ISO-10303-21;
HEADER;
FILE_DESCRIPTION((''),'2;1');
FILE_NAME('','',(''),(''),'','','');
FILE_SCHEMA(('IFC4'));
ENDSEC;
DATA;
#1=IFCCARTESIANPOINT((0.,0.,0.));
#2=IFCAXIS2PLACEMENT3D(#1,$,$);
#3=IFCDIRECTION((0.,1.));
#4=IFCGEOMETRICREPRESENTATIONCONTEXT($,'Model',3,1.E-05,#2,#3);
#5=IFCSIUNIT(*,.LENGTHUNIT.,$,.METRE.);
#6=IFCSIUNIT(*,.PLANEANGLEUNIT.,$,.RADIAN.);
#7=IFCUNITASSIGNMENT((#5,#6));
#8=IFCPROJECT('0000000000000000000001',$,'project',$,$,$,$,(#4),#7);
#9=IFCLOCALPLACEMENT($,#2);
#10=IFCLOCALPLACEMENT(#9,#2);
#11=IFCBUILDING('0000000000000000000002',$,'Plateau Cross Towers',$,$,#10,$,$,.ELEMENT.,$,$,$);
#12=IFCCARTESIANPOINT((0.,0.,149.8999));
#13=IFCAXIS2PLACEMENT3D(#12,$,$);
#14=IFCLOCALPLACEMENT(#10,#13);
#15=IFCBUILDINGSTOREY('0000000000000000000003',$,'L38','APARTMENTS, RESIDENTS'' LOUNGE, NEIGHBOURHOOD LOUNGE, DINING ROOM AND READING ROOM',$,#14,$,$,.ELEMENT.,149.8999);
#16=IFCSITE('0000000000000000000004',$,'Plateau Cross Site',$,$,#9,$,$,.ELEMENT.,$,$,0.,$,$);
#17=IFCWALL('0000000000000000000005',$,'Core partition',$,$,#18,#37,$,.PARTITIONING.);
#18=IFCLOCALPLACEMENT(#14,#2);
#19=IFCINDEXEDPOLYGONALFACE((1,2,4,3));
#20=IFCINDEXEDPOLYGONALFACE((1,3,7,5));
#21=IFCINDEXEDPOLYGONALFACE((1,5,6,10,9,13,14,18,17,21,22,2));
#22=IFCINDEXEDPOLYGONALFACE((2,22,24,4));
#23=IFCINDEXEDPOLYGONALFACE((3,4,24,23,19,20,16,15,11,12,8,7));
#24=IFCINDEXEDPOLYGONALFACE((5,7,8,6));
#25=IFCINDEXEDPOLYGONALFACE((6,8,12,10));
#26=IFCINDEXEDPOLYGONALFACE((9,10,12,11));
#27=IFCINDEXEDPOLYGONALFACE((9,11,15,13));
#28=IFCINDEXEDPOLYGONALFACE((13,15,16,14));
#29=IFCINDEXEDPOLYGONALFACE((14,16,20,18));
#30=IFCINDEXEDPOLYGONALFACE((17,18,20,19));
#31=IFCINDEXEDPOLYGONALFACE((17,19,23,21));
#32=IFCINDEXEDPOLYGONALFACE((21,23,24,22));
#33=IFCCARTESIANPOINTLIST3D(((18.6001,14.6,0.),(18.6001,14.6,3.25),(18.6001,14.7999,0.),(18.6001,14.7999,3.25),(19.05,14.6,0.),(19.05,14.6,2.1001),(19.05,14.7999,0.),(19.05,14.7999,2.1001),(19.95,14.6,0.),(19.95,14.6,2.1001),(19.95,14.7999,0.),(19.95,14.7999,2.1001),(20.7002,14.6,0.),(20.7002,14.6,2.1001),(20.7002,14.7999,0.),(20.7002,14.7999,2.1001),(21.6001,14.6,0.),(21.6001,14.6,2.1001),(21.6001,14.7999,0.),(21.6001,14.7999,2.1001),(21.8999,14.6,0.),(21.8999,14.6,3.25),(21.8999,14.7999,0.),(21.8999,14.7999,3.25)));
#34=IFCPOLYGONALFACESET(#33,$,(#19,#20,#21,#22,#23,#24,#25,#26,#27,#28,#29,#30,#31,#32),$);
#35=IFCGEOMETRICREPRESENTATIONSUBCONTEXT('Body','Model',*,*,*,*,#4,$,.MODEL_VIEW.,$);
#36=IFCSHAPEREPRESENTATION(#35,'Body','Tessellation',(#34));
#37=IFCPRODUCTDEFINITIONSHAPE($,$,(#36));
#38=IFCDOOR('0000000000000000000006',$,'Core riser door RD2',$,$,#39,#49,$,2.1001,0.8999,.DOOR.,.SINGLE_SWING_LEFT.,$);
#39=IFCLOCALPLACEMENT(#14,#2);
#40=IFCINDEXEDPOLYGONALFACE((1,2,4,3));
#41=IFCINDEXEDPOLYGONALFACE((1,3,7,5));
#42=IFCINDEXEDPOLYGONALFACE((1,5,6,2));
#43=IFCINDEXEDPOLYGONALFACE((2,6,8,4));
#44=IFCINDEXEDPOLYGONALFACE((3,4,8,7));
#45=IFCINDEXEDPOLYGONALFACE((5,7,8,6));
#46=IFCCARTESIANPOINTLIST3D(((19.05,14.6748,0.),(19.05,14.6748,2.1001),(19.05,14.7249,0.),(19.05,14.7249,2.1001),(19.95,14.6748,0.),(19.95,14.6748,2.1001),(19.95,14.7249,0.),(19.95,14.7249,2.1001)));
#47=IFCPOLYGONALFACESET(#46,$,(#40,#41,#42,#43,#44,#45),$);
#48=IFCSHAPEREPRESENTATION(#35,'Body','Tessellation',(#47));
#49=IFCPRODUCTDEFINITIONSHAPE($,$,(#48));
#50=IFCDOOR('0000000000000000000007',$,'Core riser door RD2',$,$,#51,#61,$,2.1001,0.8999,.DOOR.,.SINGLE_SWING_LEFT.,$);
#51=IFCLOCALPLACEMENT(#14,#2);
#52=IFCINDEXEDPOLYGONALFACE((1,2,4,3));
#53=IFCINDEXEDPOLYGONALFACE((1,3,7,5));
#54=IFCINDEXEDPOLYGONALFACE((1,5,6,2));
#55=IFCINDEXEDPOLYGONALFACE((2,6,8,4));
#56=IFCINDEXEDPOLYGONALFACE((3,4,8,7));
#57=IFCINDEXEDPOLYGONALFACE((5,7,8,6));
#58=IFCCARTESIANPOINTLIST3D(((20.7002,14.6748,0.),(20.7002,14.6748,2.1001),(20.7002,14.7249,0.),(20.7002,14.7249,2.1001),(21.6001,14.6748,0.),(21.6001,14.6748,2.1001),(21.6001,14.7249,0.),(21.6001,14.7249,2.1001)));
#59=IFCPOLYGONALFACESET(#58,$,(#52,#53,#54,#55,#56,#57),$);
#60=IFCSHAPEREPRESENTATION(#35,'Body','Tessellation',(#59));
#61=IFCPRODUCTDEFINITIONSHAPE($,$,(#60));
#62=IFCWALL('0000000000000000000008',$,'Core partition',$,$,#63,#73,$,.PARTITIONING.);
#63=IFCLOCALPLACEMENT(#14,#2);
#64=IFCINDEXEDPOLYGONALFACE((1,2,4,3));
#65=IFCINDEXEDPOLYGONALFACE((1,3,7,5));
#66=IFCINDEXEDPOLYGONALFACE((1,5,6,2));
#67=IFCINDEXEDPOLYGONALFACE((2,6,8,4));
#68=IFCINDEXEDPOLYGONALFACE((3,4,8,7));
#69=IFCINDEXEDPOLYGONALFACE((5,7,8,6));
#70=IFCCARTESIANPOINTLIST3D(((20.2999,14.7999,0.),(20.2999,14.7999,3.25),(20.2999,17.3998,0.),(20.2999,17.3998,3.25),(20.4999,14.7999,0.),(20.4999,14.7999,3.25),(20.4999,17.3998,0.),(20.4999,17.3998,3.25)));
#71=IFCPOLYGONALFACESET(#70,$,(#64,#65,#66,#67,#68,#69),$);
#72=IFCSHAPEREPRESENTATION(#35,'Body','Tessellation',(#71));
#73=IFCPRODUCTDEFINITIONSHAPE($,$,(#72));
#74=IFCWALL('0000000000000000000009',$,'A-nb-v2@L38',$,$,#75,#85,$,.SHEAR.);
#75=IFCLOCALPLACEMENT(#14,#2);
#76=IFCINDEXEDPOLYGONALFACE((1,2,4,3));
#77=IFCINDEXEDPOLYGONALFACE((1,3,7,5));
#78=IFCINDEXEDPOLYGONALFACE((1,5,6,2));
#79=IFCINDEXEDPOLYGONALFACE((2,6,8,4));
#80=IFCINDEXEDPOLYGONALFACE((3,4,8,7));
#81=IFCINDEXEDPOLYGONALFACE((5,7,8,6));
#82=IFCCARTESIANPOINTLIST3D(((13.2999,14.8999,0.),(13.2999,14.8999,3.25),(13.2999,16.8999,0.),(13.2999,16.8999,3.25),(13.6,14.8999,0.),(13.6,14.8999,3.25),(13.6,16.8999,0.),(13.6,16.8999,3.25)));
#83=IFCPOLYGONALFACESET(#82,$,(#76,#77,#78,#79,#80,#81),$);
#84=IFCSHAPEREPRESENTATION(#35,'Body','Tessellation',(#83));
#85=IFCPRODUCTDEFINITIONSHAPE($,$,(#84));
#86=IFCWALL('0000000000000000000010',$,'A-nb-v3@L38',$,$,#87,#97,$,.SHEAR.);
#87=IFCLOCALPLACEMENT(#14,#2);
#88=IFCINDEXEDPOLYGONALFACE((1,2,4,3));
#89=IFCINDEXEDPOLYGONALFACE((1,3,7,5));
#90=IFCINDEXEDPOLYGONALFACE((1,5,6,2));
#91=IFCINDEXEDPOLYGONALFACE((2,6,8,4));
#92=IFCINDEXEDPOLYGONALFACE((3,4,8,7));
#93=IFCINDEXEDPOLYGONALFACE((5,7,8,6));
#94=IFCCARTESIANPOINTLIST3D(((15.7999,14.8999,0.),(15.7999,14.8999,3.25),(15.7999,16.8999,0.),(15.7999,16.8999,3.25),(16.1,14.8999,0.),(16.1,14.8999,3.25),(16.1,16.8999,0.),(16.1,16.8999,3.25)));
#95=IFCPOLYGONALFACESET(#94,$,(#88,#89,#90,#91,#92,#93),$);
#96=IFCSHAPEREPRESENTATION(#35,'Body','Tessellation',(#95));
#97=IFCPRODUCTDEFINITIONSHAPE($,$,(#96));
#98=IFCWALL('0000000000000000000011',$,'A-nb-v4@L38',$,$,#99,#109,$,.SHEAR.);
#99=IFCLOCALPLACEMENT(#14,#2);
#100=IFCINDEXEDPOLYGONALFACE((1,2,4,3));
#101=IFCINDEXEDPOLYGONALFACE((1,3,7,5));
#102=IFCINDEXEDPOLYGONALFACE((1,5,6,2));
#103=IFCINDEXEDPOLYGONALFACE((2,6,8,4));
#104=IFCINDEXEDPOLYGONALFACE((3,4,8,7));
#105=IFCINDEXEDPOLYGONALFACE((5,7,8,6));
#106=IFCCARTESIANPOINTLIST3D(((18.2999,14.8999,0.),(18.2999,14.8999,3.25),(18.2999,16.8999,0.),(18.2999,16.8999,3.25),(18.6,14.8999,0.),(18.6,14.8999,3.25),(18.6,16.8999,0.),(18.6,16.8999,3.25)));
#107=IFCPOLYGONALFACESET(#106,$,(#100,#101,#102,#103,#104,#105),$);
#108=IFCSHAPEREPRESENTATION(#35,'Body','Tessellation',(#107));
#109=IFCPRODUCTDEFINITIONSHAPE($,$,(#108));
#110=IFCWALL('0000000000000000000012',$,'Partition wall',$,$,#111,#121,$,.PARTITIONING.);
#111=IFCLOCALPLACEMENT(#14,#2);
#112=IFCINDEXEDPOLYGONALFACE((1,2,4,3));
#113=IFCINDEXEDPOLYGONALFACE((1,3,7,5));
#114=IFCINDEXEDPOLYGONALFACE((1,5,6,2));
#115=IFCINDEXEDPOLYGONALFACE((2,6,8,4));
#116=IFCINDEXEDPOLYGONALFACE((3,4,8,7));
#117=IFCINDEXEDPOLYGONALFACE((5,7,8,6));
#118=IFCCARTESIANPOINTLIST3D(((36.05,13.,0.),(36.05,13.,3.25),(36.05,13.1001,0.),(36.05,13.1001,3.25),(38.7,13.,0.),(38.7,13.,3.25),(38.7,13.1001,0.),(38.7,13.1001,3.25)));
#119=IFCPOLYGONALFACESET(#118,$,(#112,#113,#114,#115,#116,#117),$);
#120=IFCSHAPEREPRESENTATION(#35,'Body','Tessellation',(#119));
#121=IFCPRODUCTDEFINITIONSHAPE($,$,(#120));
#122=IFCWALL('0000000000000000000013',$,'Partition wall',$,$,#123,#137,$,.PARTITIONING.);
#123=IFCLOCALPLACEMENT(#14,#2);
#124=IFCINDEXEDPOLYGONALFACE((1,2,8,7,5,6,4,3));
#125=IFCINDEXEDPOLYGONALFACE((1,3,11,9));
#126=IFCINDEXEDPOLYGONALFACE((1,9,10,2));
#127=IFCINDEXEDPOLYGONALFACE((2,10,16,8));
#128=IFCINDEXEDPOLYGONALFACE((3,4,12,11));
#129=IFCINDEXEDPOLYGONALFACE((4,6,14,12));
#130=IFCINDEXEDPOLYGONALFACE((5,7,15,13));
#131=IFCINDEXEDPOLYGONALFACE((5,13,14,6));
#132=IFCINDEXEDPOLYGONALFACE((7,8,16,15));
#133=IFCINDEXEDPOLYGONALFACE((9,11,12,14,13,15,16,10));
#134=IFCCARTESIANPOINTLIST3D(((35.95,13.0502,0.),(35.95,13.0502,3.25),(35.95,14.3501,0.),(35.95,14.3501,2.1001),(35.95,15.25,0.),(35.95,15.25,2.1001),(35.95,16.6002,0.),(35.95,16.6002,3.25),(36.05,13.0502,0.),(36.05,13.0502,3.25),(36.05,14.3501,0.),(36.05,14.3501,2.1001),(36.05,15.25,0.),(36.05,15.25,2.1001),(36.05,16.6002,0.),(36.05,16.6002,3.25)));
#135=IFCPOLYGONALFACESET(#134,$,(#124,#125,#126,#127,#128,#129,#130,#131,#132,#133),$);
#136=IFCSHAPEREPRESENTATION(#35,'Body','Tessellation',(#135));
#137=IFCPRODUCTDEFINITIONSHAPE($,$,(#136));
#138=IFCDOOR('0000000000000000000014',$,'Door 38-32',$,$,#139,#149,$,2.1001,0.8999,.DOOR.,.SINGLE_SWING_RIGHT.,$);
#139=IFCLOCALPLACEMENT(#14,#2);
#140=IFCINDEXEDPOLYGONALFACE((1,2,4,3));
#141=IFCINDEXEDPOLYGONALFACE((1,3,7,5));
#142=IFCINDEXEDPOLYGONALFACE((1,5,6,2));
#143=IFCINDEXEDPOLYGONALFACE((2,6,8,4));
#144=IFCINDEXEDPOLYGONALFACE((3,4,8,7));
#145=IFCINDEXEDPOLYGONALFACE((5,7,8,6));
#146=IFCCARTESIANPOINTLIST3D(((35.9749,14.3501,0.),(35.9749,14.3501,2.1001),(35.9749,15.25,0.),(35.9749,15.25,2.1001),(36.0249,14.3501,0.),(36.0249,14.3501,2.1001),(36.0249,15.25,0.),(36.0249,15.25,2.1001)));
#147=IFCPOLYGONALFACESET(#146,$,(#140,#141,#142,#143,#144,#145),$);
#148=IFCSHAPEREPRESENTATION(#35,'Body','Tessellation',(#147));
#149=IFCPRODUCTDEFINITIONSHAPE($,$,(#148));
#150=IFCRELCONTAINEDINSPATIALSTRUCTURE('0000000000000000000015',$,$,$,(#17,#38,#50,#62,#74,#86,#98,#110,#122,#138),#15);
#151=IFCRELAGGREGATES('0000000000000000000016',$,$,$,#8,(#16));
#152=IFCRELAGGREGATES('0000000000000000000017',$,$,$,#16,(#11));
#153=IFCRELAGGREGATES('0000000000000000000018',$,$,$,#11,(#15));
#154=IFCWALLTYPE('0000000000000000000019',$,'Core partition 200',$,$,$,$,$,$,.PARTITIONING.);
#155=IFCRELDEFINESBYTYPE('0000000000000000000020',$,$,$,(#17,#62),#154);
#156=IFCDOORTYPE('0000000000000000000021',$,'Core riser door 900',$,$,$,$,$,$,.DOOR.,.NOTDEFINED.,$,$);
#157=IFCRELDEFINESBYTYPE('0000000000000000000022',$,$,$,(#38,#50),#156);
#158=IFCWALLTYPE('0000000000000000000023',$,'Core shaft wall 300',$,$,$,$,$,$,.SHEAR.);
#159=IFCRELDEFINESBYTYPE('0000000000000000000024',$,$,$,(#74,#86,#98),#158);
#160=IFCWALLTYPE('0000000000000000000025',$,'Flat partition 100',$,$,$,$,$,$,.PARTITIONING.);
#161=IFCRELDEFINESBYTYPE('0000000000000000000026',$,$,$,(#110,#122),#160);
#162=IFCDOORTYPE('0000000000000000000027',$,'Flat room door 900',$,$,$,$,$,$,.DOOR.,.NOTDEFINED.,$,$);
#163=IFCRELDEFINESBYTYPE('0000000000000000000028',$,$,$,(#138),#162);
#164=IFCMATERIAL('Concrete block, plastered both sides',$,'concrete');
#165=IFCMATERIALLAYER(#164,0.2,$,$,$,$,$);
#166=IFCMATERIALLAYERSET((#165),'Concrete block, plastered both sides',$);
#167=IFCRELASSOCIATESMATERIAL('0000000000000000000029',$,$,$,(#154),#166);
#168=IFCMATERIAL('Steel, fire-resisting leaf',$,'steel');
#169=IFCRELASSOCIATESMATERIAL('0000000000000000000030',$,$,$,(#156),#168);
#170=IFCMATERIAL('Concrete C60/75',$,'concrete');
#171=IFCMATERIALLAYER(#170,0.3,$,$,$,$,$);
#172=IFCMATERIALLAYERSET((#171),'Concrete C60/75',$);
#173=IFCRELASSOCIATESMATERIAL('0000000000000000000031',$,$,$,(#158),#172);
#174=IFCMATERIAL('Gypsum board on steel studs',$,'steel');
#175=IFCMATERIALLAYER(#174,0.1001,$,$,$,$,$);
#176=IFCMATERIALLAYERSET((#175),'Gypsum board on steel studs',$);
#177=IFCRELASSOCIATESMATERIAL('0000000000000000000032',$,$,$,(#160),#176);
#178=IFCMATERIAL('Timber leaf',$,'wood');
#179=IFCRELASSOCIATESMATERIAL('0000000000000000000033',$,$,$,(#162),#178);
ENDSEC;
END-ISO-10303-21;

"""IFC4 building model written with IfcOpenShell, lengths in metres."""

from ifc_helpers import new_model, si_unit, direction, frame, frame_2d, origin, place, context, subcontext, project, spatial, rectangle, extrude, material, layer, layer_set, type_object, element, fill, save


model = new_model("IFC4")

# Units and contexts
model_context = context("Model", 3, precision=1e-05, world=origin(), true_north=direction((0.0, 1.0)))
body_context = subcontext(model_context, "Body", "Model", "MODEL_VIEW")
ifc_project = project(units=[si_unit("LENGTHUNIT", "METRE"), si_unit("PLANEANGLEUNIT", "RADIAN")], contexts=[model_context])

# Site, building, storey
site_placement = place(None, origin())
site = spatial("IfcSite", under=ifc_project, at=site_placement, Name="Plateau Cross Site", CompositionType="ELEMENT", RefElevation=0.0)
building_placement = place(site_placement, origin())
building = spatial("IfcBuilding", under=site, at=building_placement, Name="Plateau Cross Towers", CompositionType="ELEMENT")
storey_placement = place(building_placement, frame((0.0, 0.0, 149.8999)))
storey = spatial("IfcBuildingStorey", under=building, at=storey_placement, Name="L38", Description="APARTMENTS, RESIDENTS' LOUNGE, NEIGHBOURHOOD LOUNGE, DINING ROOM AND READING ROOM", CompositionType="ELEMENT", Elevation=149.8999)

# Shared definitions
ifc_material_1 = material(Name="Concrete C60/75", Category="concrete")

# Wall, openings, doors
ifc_material_2 = material(Name="Concrete block, plastered both sides", Category="concrete")
ifc_layer_1 = layer(ifc_material_2, 0.2)
ifc_layer_set_1 = layer_set([ifc_layer_1], Name="Concrete block, plastered both sides")
wall_type_1 = type_object("IfcWallType", Name="Core partition 200", PredefinedType="PARTITIONING", material=ifc_layer_set_1)
wall_1_placement = place(storey_placement, frame((18.6001, 14.7, 0.0), z_axis=(0.0, 0.0, 1.0), x_axis=(1.0, 0.0, 0.0)))
wall_1 = element("IfcWall", 1, at=wall_1_placement, inside=storey, type_object=wall_type_1, Name="Core partition", PredefinedType="PARTITIONING", context=body_context, shape_type="SweptSolid", body=[
    extrude(rectangle(XDim=3.2998, YDim=0.2, at=frame_2d((1.6499, 0.0))), origin(), (0.0, 0.0, 1.0), 3.25),
])
opening_1_placement = place(wall_1_placement, frame((0.45, 0.0, 0.0)))
opening_1 = element("IfcOpeningElement", 2, at=opening_1_placement, cuts=wall_1, PredefinedType="OPENING", context=body_context, shape_type="SweptSolid", body=[
    extrude(rectangle(XDim=0.8999, YDim=2.1001, at=frame_2d((0.45, 1.05))), frame((0.0, 0.1099, 0.0), z_axis=(0.0, -1.0, 0.0), x_axis=(1.0, 0.0, 0.0)), (0.0, 0.0, 1.0), 0.22),
])
opening_2_placement = place(wall_1_placement, frame((2.1001, 0.0, 0.0)))
opening_2 = element("IfcOpeningElement", 3, at=opening_2_placement, cuts=wall_1, PredefinedType="OPENING", context=body_context, shape_type="SweptSolid", body=[
    extrude(rectangle(XDim=0.8999, YDim=2.1001, at=frame_2d((0.45, 1.05))), frame((0.0, 0.1099, 0.0), z_axis=(0.0, -1.0, 0.0), x_axis=(1.0, 0.0, 0.0)), (0.0, 0.0, 1.0), 0.22),
])
ifc_material_3 = material(Name="Steel, fire-resisting leaf", Category="steel")
door_type_1 = type_object("IfcDoorType", Name="Core riser door 900", OperationType="NOTDEFINED", PredefinedType="DOOR", material=ifc_material_3)
door_1_placement = place(opening_1_placement, origin())
door_1 = element("IfcDoor", 4, at=door_1_placement, inside=storey, type_object=door_type_1, Name="Core riser door RD2", OperationType="SINGLE_SWING_LEFT", OverallHeight=2.1001, OverallWidth=0.8999, PredefinedType="DOOR", context=body_context, shape_type="SweptSolid", body=[
    extrude(rectangle(XDim=0.8999, YDim=2.1001, at=frame_2d((0.45, 1.05))), frame((0.0, 0.0249, 0.0), z_axis=(0.0, -1.0, 0.0), x_axis=(1.0, 0.0, 0.0)), (0.0, 0.0, 1.0), 0.05),
])
fill(opening_1, door_1)
door_2_placement = place(opening_2_placement, origin())
door_2 = element("IfcDoor", 5, at=door_2_placement, inside=storey, type_object=door_type_1, Name="Core riser door RD2", OperationType="SINGLE_SWING_LEFT", OverallHeight=2.1001, OverallWidth=0.8999, PredefinedType="DOOR", context=body_context, shape_type="SweptSolid", body=[
    extrude(rectangle(XDim=0.8999, YDim=2.1001, at=frame_2d((0.45, 1.05))), frame((0.0, 0.0249, 0.0), z_axis=(0.0, -1.0, 0.0), x_axis=(1.0, 0.0, 0.0)), (0.0, 0.0, 1.0), 0.05),
])
fill(opening_2, door_2)

# Walls
wall_2_placement = place(storey_placement, frame((20.3999, 14.8, 0.0), z_axis=(0.0, 0.0, 1.0), x_axis=(0.0, 1.0, 0.0)))
element("IfcWall", 6, at=wall_2_placement, inside=storey, type_object=wall_type_1, Name="Core partition", PredefinedType="PARTITIONING", context=body_context, shape_type="SweptSolid", body=[
    extrude(rectangle(XDim=2.5999, YDim=0.2, at=frame_2d((1.2998, 0.0))), origin(), (0.0, 0.0, 1.0), 3.25),
])
ifc_layer_2 = layer(ifc_material_1, 0.3)
ifc_layer_set_2 = layer_set([ifc_layer_2], Name="Concrete C60/75")
wall_type_2 = type_object("IfcWallType", Name="Core shaft wall 300", PredefinedType="SHEAR", material=ifc_layer_set_2)
for number, where, z_axis, x_axis, name in (
    (7, (13.45, 14.8999, 0.0), (0.0, 0.0, 1.0), (0.0, 1.0, 0.0), "A-nb-v2@L38"),
    (8, (15.95, 14.8999, 0.0), (0.0, 0.0, 1.0), (0.0, 1.0, 0.0), "A-nb-v3@L38"),
    (9, (18.45, 14.8999, 0.0), (0.0, 0.0, 1.0), (0.0, 1.0, 0.0), "A-nb-v4@L38"),
):
    element("IfcWall", number, at=place(storey_placement, frame(where, z_axis=z_axis, x_axis=x_axis)), inside=storey, type_object=wall_type_2, Name=name, PredefinedType="SHEAR", context=body_context, shape_type="SweptSolid", body=[
        extrude(rectangle(XDim=2.0, YDim=0.3, at=frame_2d((1.0, 0.0))), origin(), (0.0, 0.0, 1.0), 3.25),
    ])
ifc_material_4 = material(Name="Gypsum board on steel studs", Category="steel")
ifc_layer_3 = layer(ifc_material_4, 0.1001)
ifc_layer_set_3 = layer_set([ifc_layer_3], Name="Gypsum board on steel studs")
wall_type_3 = type_object("IfcWallType", Name="Flat partition 100", PredefinedType="PARTITIONING", material=ifc_layer_set_3)
wall_3_placement = place(storey_placement, frame((36.05, 13.05, 0.0), z_axis=(0.0, 0.0, 1.0), x_axis=(1.0, 0.0, 0.0)))
element("IfcWall", 10, at=wall_3_placement, inside=storey, type_object=wall_type_3, Name="Partition wall", PredefinedType="PARTITIONING", context=body_context, shape_type="SweptSolid", body=[
    extrude(rectangle(XDim=2.6499, YDim=0.1001, at=frame_2d((1.325, 0.0))), origin(), (0.0, 0.0, 1.0), 3.25),
])

# Wall, opening, door
wall_4_placement = place(storey_placement, frame((36.0, 16.6001, 0.0), z_axis=(0.0, 0.0, 1.0), x_axis=(0.0, -1.0, 0.0)))
wall_4 = element("IfcWall", 11, at=wall_4_placement, inside=storey, type_object=wall_type_3, Name="Partition wall", PredefinedType="PARTITIONING", context=body_context, shape_type="SweptSolid", body=[
    extrude(rectangle(XDim=3.55, YDim=0.1001, at=frame_2d((1.7749, 0.0))), origin(), (0.0, 0.0, 1.0), 3.25),
])
opening_3_placement = place(wall_4_placement, frame((1.3501, 0.0, 0.0)))
opening_3 = element("IfcOpeningElement", 12, at=opening_3_placement, cuts=wall_4, PredefinedType="OPENING", context=body_context, shape_type="SweptSolid", body=[
    extrude(rectangle(XDim=0.8999, YDim=2.1001, at=frame_2d((0.45, 1.05))), frame((0.0, 0.0601, 0.0), z_axis=(0.0, -1.0, 0.0), x_axis=(1.0, 0.0, 0.0)), (0.0, 0.0, 1.0), 0.1201),
])
ifc_material_5 = material(Name="Timber leaf", Category="wood")
door_type_2 = type_object("IfcDoorType", Name="Flat room door 900", OperationType="NOTDEFINED", PredefinedType="DOOR", material=ifc_material_5)
door_3_placement = place(opening_3_placement, origin())
door_3 = element("IfcDoor", 13, at=door_3_placement, inside=storey, type_object=door_type_2, Name="Door 38-32", OperationType="SINGLE_SWING_RIGHT", OverallHeight=2.1001, OverallWidth=0.8999, PredefinedType="DOOR", context=body_context, shape_type="SweptSolid", body=[
    extrude(rectangle(XDim=0.8999, YDim=2.1001, at=frame_2d((0.45, 1.05))), frame((0.0, 0.0249, 0.0), z_axis=(0.0, -1.0, 0.0), x_axis=(1.0, 0.0, 0.0)), (0.0, 0.0, 1.0), 0.05),
])
fill(opening_3, door_3)

save(model, "model.ifc")
